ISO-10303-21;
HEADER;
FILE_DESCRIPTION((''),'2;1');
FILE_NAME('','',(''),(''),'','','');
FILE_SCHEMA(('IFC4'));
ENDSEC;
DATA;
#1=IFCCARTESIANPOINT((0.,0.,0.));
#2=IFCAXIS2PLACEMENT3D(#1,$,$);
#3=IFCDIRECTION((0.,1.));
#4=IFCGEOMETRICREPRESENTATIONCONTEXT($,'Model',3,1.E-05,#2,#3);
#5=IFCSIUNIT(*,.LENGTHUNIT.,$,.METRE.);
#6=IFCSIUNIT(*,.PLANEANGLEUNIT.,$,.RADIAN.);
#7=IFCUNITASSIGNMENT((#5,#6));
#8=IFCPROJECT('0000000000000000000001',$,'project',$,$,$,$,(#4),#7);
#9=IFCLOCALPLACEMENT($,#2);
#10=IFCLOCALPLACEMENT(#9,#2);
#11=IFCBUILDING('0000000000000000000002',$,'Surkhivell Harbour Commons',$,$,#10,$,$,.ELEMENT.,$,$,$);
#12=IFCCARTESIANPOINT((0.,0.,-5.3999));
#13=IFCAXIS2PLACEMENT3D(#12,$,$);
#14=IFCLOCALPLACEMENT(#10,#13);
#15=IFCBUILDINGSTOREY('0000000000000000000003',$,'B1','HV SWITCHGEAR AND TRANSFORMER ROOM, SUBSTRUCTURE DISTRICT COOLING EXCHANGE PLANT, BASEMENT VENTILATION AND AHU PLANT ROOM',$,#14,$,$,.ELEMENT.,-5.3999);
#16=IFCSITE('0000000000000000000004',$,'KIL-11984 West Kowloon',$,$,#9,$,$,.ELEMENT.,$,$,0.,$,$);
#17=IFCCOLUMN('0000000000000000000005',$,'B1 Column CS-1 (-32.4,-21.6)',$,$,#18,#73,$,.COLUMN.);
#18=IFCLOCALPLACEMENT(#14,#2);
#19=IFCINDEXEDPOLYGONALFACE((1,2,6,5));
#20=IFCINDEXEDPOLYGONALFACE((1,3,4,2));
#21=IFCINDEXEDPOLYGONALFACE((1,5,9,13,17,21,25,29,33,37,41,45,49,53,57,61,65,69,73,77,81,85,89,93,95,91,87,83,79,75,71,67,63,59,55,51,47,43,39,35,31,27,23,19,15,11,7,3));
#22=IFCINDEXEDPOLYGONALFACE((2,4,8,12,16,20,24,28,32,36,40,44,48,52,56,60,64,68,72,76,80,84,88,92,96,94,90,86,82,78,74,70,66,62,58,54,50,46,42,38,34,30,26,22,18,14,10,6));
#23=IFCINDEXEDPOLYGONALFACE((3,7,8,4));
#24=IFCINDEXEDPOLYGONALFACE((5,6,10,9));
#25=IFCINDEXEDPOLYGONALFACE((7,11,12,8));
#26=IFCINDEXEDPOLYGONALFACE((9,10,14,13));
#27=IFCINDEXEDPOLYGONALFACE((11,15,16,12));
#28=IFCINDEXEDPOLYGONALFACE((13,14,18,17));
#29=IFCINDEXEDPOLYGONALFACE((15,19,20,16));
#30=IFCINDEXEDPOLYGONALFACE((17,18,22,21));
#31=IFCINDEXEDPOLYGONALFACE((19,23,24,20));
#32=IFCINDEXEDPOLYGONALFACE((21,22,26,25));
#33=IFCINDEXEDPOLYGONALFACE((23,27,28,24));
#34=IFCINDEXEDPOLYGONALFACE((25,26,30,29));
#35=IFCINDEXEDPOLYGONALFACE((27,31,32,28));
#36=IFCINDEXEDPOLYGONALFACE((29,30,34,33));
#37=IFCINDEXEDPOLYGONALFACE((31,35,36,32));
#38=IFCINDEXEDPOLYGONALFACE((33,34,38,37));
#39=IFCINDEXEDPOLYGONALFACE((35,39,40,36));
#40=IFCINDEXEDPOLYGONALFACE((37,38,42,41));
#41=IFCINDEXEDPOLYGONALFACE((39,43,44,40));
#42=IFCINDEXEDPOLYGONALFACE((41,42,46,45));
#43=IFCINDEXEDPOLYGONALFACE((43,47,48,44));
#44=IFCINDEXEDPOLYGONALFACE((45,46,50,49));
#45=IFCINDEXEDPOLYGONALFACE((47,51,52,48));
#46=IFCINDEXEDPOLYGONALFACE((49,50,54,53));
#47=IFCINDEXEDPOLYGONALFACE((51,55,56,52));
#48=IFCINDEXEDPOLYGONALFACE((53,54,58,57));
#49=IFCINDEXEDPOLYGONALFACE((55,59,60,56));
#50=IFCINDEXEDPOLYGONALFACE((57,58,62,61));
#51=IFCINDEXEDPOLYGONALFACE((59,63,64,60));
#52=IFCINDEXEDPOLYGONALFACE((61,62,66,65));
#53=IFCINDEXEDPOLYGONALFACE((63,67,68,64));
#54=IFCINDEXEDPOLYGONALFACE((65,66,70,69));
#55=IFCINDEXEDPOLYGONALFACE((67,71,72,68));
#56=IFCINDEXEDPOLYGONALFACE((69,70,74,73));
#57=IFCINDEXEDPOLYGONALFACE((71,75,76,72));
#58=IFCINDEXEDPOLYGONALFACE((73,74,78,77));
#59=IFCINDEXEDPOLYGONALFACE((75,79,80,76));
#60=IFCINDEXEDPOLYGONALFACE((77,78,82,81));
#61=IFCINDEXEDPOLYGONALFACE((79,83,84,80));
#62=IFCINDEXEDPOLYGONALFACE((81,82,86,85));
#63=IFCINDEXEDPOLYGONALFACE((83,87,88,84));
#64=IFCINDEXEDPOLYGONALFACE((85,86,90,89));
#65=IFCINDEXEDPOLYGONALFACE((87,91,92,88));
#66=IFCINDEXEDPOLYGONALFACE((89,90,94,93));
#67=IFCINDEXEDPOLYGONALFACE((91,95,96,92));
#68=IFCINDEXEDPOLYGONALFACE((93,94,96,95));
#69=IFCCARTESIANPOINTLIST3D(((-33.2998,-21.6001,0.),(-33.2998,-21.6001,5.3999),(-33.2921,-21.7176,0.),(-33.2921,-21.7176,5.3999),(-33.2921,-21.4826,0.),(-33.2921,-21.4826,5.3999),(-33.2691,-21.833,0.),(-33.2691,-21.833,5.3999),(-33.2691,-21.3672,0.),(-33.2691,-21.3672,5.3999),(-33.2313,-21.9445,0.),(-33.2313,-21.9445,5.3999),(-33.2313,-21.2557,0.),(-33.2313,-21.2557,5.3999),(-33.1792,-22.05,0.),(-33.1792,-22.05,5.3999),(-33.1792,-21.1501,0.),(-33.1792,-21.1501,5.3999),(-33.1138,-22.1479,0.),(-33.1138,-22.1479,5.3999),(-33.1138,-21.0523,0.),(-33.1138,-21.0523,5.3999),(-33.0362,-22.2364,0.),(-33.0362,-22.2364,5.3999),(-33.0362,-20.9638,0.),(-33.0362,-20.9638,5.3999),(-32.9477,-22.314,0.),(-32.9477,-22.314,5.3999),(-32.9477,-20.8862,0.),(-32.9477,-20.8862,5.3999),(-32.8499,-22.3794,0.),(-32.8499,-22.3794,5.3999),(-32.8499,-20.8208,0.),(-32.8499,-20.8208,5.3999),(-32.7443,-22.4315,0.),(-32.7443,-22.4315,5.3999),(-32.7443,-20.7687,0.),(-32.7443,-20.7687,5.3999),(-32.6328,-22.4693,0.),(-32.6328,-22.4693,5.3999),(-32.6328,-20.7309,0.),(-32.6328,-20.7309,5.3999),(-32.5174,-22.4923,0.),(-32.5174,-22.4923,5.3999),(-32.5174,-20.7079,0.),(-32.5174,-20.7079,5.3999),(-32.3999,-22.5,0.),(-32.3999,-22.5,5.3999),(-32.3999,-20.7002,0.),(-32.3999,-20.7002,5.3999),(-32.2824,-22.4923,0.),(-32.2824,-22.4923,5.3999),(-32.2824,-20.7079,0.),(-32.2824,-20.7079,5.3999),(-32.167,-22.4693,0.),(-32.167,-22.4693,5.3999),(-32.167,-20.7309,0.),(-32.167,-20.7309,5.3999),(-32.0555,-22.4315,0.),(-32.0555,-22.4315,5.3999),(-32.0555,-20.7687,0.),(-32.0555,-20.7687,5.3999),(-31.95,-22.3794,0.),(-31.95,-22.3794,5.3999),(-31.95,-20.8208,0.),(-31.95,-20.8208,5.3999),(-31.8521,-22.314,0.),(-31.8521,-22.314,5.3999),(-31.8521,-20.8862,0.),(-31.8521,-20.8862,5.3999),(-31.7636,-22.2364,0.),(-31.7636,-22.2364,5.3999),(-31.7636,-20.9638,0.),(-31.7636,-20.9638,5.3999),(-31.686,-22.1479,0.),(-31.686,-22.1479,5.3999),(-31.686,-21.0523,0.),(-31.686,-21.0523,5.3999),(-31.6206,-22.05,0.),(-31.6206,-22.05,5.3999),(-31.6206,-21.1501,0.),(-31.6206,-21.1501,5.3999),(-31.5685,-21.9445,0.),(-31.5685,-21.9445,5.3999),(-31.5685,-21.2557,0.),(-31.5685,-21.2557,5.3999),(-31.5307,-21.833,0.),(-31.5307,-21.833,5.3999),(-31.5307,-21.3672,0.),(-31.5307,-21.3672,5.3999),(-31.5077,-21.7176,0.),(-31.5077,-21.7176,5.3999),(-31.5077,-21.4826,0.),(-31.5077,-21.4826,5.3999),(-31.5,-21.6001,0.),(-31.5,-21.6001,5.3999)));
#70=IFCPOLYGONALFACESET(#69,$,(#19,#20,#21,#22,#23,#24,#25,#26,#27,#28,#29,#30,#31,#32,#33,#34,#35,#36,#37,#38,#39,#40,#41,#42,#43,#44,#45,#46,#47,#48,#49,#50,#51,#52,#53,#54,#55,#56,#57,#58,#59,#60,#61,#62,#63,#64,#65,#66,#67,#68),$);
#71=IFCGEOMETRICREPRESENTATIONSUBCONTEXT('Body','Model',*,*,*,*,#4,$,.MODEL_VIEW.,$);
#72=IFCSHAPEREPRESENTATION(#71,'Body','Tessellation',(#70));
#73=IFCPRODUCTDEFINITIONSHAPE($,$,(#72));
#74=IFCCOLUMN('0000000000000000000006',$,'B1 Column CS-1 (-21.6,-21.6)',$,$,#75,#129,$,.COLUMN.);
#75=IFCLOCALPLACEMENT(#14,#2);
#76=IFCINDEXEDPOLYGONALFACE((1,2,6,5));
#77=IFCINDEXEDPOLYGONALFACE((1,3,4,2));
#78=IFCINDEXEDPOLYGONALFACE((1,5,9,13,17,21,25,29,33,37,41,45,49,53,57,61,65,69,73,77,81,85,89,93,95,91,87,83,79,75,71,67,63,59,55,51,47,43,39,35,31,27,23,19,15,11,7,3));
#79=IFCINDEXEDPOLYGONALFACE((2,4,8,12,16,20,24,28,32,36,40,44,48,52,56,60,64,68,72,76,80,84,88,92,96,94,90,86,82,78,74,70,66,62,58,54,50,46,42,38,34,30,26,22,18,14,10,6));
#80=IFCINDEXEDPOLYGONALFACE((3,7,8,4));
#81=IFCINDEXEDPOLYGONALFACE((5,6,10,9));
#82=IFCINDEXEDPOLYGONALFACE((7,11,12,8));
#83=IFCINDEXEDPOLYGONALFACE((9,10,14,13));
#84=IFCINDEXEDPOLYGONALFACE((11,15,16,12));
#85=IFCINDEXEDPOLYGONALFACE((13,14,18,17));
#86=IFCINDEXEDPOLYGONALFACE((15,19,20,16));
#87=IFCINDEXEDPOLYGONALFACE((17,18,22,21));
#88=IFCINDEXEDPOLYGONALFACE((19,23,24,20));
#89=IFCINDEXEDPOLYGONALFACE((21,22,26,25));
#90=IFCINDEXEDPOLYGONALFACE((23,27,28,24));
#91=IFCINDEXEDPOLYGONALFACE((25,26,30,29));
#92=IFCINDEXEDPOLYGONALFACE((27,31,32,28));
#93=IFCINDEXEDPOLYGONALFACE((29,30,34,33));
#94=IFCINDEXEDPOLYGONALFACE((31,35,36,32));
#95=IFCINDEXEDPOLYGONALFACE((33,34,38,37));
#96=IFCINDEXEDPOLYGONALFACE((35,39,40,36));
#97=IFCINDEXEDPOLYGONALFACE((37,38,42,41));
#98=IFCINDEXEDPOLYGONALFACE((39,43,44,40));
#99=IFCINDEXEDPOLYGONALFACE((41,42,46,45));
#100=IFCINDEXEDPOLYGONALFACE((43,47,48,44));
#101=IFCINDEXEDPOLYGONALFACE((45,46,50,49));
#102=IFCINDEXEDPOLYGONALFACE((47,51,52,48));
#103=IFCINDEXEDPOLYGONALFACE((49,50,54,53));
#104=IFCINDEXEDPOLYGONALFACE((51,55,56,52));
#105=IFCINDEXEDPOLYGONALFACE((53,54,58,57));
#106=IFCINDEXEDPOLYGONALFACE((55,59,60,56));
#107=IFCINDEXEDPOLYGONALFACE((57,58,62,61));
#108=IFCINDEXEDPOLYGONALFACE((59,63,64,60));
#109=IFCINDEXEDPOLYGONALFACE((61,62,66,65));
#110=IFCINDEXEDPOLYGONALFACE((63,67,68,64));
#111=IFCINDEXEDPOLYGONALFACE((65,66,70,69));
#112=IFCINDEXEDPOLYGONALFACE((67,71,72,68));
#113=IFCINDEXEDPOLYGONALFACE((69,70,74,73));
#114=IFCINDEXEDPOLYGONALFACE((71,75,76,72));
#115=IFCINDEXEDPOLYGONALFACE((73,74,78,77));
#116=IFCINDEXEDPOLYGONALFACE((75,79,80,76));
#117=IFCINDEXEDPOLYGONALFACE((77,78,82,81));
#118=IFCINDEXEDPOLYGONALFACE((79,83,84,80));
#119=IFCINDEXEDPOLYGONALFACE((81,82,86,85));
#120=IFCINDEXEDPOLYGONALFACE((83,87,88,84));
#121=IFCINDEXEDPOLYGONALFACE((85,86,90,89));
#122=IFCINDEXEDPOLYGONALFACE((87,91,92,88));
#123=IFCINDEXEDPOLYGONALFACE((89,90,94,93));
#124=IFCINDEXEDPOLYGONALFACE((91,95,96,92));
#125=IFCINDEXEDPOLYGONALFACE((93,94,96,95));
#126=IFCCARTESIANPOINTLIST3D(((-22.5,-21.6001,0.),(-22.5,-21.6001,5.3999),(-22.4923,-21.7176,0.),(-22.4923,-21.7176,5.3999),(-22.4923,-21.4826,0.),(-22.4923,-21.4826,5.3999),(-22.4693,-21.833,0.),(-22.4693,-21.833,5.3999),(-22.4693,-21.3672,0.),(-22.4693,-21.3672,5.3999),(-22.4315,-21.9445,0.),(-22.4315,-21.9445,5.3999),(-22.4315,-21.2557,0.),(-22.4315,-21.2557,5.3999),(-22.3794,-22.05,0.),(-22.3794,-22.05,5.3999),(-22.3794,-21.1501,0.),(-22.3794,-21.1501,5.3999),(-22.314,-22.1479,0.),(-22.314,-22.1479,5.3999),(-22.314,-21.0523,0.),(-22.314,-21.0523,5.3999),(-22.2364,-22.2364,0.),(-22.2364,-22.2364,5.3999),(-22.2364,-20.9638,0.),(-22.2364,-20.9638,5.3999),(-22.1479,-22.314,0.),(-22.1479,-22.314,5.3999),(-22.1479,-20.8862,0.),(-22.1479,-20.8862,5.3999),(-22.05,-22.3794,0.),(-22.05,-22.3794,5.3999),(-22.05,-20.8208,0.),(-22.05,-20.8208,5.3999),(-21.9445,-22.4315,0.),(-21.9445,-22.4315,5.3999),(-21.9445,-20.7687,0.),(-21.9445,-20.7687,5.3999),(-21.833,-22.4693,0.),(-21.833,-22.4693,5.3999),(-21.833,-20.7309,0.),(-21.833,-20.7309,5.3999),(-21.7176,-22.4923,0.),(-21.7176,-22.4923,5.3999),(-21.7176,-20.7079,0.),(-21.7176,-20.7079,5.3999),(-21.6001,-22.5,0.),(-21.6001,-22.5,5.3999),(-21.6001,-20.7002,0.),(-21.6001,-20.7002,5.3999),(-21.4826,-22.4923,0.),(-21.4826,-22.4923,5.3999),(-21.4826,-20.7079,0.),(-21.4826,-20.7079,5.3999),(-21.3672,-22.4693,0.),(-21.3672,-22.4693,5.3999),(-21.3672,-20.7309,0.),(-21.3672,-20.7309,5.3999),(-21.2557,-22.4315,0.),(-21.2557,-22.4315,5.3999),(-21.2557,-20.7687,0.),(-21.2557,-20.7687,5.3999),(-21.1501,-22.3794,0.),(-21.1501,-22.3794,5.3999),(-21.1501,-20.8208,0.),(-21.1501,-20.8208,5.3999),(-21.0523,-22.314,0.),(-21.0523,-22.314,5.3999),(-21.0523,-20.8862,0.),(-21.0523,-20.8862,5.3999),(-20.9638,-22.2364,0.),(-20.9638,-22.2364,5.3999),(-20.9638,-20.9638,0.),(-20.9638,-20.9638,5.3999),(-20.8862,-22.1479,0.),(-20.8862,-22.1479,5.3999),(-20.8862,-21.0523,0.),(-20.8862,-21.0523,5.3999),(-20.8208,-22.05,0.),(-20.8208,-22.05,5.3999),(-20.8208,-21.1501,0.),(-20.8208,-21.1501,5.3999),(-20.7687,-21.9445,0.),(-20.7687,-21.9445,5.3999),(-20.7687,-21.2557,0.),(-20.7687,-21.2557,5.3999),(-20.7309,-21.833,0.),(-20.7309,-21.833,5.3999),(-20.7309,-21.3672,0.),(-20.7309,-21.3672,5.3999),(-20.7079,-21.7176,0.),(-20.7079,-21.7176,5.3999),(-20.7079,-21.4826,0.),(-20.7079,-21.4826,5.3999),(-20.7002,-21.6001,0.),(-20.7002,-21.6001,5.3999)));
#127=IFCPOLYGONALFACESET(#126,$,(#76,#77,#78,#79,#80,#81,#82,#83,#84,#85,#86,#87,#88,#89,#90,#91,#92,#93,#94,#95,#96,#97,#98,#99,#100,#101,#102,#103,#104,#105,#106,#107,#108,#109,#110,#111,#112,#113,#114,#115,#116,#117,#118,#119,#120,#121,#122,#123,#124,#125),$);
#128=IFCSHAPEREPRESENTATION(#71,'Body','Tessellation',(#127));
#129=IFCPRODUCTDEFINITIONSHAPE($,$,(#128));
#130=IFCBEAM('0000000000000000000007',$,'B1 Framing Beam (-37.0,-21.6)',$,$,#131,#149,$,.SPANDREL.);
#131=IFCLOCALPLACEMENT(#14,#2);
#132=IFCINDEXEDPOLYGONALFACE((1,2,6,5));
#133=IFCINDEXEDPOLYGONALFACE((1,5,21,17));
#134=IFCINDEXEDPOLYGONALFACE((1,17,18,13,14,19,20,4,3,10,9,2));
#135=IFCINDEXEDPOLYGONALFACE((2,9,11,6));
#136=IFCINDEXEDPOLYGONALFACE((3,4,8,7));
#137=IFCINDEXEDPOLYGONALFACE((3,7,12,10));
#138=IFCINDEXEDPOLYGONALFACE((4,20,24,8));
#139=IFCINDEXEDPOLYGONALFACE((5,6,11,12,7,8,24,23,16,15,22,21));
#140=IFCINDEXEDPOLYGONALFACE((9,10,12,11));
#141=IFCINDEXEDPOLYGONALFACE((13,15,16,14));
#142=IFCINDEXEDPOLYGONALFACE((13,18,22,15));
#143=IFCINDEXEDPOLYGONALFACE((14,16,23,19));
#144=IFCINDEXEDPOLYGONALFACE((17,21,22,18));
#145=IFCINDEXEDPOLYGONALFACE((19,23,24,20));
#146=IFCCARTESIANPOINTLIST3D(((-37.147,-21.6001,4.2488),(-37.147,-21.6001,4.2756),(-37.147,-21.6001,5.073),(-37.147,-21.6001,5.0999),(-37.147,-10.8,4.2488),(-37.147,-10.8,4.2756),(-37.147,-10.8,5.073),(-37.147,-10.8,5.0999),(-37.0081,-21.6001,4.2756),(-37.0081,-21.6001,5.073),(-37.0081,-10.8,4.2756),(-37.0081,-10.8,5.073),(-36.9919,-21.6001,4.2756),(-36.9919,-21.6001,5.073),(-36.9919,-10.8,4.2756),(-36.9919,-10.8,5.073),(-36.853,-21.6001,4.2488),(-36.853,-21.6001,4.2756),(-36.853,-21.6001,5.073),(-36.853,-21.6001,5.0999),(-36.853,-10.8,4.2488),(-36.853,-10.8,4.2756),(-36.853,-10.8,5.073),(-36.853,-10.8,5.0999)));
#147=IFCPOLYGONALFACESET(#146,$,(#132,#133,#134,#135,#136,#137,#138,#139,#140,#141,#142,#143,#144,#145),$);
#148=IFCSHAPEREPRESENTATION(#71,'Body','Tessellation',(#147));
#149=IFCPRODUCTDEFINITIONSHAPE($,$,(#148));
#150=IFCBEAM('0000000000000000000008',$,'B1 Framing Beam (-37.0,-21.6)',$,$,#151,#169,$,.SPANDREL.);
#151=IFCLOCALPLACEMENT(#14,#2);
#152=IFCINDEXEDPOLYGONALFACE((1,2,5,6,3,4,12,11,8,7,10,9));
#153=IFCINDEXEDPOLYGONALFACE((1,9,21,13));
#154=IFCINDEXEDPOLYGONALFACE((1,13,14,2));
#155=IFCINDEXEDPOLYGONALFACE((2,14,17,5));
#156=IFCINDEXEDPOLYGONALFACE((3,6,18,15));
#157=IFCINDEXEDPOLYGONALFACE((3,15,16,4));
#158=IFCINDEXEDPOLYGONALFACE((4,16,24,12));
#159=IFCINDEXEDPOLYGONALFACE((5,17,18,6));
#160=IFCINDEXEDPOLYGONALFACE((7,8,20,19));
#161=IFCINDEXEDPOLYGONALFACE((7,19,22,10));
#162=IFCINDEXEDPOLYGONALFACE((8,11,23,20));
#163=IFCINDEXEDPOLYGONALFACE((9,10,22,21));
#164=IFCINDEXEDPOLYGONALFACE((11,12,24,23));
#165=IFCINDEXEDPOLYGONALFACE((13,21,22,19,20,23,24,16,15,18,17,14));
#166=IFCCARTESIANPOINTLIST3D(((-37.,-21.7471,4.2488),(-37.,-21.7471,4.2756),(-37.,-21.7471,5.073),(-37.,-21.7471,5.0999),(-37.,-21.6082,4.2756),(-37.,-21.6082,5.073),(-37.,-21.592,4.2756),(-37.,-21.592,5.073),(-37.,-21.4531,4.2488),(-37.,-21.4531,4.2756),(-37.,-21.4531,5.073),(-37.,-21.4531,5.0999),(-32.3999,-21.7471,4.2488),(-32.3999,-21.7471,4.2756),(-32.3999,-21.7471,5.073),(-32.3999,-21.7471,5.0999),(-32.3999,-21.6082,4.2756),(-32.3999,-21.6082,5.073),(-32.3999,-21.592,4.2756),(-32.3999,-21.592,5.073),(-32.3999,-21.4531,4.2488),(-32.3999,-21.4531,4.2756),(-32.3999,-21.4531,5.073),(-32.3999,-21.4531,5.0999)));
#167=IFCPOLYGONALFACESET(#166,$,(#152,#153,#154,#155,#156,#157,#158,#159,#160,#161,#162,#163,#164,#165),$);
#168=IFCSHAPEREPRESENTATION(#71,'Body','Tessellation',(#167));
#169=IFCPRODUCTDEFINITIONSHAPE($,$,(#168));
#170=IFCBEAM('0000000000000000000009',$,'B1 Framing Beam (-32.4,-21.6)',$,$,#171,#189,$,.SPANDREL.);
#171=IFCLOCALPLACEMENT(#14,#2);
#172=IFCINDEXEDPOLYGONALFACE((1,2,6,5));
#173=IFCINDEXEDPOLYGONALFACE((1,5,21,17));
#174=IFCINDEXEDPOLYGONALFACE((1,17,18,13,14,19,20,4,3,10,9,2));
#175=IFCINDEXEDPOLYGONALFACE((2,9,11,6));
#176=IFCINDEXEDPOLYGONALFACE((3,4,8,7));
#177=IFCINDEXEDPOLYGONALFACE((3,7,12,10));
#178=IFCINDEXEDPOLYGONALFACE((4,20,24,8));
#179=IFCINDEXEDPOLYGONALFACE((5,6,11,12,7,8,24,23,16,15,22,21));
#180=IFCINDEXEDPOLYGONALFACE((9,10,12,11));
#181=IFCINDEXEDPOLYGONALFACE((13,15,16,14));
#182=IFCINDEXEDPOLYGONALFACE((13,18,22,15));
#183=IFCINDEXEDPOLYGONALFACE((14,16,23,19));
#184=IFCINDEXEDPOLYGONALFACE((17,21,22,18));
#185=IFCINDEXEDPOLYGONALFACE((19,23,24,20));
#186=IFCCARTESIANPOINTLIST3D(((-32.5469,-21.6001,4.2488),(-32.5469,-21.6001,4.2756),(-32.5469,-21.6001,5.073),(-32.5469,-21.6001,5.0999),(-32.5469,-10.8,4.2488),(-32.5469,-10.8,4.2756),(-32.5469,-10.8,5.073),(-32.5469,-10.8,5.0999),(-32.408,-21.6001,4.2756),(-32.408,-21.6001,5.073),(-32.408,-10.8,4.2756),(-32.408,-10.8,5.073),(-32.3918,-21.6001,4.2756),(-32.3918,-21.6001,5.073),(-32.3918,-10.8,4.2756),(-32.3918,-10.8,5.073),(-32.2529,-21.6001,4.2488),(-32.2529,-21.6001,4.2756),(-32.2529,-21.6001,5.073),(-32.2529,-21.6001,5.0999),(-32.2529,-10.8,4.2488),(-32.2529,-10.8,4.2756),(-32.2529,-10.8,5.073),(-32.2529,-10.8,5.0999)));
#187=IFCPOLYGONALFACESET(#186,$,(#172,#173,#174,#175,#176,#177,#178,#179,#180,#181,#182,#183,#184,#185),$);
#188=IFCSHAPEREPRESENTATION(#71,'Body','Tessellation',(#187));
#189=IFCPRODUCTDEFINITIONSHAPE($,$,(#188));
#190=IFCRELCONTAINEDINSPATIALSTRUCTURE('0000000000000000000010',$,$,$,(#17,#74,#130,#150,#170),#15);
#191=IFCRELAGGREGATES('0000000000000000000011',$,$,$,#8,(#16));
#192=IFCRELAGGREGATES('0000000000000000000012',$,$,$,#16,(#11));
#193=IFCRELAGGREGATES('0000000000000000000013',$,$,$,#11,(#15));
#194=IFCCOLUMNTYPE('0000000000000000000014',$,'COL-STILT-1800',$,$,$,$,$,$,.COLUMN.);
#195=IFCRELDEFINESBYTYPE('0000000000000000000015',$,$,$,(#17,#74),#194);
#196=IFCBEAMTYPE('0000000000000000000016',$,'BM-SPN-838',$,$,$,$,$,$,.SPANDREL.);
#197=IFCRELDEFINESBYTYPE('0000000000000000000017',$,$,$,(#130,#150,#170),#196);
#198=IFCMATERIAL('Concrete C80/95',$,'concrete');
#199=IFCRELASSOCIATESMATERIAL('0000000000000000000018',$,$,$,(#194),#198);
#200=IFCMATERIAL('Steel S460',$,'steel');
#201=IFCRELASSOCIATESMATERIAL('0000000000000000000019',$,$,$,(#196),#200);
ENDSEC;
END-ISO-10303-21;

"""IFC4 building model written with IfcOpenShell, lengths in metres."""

from ifc_helpers import new_model, si_unit, direction, frame, origin, origin_2d, place, context, subcontext, project, spatial, circle, i_section, extrude, material, material_profile, profile_set, type_object, element, save


model = new_model("IFC4")

# Units and contexts
model_context = context("Model", 3, precision=1e-05, world=origin(), true_north=direction((0.0, 1.0)))
body_context = subcontext(model_context, "Body", "Model", "MODEL_VIEW")
ifc_project = project(units=[si_unit("LENGTHUNIT", "METRE"), si_unit("PLANEANGLEUNIT", "RADIAN")], contexts=[model_context])

# Site, building, storey
site_placement = place(None, origin())
site = spatial("IfcSite", under=ifc_project, at=site_placement, Name="KIL-11984 West Kowloon", CompositionType="ELEMENT", RefElevation=0.0)
building_placement = place(site_placement, origin())
building = spatial("IfcBuilding", under=site, at=building_placement, Name="Surkhivell Harbour Commons", CompositionType="ELEMENT")
storey_placement = place(building_placement, frame((0.0, 0.0, -5.3999)))
storey = spatial("IfcBuildingStorey", under=building, at=storey_placement, Name="B1", Description="HV SWITCHGEAR AND TRANSFORMER ROOM, SUBSTRUCTURE DISTRICT COOLING EXCHANGE PLANT, BASEMENT VENTILATION AND AHU PLANT ROOM", CompositionType="ELEMENT", Elevation=-5.3999)

# Columns
ifc_material_1 = material(Name="Concrete C80/95", Category="concrete")
ifc_material_profile_1 = material_profile(ifc_material_1, circle(Radius=0.8999, at=origin_2d()), Name="RC-CIRC-1800")
ifc_profile_set_1 = profile_set([ifc_material_profile_1], Name="Concrete C80/95")
column_type_1 = type_object("IfcColumnType", Name="COL-STILT-1800", PredefinedType="COLUMN", material=ifc_profile_set_1)
for number, where, z_axis, x_axis, name in (
    (1, (-32.3999, -21.6001, 0.0), (0.0, 0.0, 1.0), (1.0, 0.0, 0.0), "B1 Column CS-1 (-32.4,-21.6)"),
    (2, (-21.6001, -21.6001, 0.0), (0.0, 0.0, 1.0), (1.0, 0.0, 0.0), "B1 Column CS-1 (-21.6,-21.6)"),
):
    element("IfcColumn", number, at=place(storey_placement, frame(where, z_axis=z_axis, x_axis=x_axis)), inside=storey, type_object=column_type_1, Name=name, PredefinedType="COLUMN", context=body_context, shape_type="SweptSolid", body=[
        extrude(circle(Radius=0.8999, at=origin_2d()), origin(), (0.0, 0.0, 1.0), 5.3999),
    ])

# Beams
ifc_material_2 = material(Name="Steel S460", Category="steel")
ifc_material_profile_2 = material_profile(ifc_material_2, i_section(OverallWidth=0.2939, OverallDepth=0.8511, WebThickness=0.0161, FlangeThickness=0.0269, at=origin_2d()), Name="UB838x292x226")
ifc_profile_set_2 = profile_set([ifc_material_profile_2], Name="Steel S460")
beam_type = type_object("IfcBeamType", Name="BM-SPN-838", PredefinedType="SPANDREL", material=ifc_profile_set_2)
beam_1_placement = place(storey_placement, frame((-37.0, -21.6001, 4.6743), z_axis=(0.0, 1.0, 0.0), x_axis=(-1.0, 0.0, 0.0)))
element("IfcBeam", 3, at=beam_1_placement, inside=storey, type_object=beam_type, Name="B1 Framing Beam (-37.0,-21.6)", PredefinedType="SPANDREL", context=body_context, shape_type="SweptSolid", body=[
    extrude(i_section(OverallWidth=0.2939, OverallDepth=0.8511, WebThickness=0.0161, FlangeThickness=0.0269, at=origin_2d()), origin(), (0.0, 0.0, 1.0), 10.8),
])
beam_2_placement = place(storey_placement, frame((-37.0, -21.6001, 4.6743), z_axis=(1.0, 0.0, 0.0), x_axis=(0.0, 1.0, 0.0)))
element("IfcBeam", 4, at=beam_2_placement, inside=storey, type_object=beam_type, Name="B1 Framing Beam (-37.0,-21.6)", PredefinedType="SPANDREL", context=body_context, shape_type="SweptSolid", body=[
    extrude(i_section(OverallWidth=0.2939, OverallDepth=0.8511, WebThickness=0.0161, FlangeThickness=0.0269, at=origin_2d()), origin(), (0.0, 0.0, 1.0), 4.6001),
])
beam_3_placement = place(storey_placement, frame((-32.3999, -21.6001, 4.6743), z_axis=(0.0, 1.0, 0.0), x_axis=(-1.0, 0.0, 0.0)))
element("IfcBeam", 5, at=beam_3_placement, inside=storey, type_object=beam_type, Name="B1 Framing Beam (-32.4,-21.6)", PredefinedType="SPANDREL", context=body_context, shape_type="SweptSolid", body=[
    extrude(i_section(OverallWidth=0.2939, OverallDepth=0.8511, WebThickness=0.0161, FlangeThickness=0.0269, at=origin_2d()), origin(), (0.0, 0.0, 1.0), 10.8),
])

save(model, "model.ifc")
